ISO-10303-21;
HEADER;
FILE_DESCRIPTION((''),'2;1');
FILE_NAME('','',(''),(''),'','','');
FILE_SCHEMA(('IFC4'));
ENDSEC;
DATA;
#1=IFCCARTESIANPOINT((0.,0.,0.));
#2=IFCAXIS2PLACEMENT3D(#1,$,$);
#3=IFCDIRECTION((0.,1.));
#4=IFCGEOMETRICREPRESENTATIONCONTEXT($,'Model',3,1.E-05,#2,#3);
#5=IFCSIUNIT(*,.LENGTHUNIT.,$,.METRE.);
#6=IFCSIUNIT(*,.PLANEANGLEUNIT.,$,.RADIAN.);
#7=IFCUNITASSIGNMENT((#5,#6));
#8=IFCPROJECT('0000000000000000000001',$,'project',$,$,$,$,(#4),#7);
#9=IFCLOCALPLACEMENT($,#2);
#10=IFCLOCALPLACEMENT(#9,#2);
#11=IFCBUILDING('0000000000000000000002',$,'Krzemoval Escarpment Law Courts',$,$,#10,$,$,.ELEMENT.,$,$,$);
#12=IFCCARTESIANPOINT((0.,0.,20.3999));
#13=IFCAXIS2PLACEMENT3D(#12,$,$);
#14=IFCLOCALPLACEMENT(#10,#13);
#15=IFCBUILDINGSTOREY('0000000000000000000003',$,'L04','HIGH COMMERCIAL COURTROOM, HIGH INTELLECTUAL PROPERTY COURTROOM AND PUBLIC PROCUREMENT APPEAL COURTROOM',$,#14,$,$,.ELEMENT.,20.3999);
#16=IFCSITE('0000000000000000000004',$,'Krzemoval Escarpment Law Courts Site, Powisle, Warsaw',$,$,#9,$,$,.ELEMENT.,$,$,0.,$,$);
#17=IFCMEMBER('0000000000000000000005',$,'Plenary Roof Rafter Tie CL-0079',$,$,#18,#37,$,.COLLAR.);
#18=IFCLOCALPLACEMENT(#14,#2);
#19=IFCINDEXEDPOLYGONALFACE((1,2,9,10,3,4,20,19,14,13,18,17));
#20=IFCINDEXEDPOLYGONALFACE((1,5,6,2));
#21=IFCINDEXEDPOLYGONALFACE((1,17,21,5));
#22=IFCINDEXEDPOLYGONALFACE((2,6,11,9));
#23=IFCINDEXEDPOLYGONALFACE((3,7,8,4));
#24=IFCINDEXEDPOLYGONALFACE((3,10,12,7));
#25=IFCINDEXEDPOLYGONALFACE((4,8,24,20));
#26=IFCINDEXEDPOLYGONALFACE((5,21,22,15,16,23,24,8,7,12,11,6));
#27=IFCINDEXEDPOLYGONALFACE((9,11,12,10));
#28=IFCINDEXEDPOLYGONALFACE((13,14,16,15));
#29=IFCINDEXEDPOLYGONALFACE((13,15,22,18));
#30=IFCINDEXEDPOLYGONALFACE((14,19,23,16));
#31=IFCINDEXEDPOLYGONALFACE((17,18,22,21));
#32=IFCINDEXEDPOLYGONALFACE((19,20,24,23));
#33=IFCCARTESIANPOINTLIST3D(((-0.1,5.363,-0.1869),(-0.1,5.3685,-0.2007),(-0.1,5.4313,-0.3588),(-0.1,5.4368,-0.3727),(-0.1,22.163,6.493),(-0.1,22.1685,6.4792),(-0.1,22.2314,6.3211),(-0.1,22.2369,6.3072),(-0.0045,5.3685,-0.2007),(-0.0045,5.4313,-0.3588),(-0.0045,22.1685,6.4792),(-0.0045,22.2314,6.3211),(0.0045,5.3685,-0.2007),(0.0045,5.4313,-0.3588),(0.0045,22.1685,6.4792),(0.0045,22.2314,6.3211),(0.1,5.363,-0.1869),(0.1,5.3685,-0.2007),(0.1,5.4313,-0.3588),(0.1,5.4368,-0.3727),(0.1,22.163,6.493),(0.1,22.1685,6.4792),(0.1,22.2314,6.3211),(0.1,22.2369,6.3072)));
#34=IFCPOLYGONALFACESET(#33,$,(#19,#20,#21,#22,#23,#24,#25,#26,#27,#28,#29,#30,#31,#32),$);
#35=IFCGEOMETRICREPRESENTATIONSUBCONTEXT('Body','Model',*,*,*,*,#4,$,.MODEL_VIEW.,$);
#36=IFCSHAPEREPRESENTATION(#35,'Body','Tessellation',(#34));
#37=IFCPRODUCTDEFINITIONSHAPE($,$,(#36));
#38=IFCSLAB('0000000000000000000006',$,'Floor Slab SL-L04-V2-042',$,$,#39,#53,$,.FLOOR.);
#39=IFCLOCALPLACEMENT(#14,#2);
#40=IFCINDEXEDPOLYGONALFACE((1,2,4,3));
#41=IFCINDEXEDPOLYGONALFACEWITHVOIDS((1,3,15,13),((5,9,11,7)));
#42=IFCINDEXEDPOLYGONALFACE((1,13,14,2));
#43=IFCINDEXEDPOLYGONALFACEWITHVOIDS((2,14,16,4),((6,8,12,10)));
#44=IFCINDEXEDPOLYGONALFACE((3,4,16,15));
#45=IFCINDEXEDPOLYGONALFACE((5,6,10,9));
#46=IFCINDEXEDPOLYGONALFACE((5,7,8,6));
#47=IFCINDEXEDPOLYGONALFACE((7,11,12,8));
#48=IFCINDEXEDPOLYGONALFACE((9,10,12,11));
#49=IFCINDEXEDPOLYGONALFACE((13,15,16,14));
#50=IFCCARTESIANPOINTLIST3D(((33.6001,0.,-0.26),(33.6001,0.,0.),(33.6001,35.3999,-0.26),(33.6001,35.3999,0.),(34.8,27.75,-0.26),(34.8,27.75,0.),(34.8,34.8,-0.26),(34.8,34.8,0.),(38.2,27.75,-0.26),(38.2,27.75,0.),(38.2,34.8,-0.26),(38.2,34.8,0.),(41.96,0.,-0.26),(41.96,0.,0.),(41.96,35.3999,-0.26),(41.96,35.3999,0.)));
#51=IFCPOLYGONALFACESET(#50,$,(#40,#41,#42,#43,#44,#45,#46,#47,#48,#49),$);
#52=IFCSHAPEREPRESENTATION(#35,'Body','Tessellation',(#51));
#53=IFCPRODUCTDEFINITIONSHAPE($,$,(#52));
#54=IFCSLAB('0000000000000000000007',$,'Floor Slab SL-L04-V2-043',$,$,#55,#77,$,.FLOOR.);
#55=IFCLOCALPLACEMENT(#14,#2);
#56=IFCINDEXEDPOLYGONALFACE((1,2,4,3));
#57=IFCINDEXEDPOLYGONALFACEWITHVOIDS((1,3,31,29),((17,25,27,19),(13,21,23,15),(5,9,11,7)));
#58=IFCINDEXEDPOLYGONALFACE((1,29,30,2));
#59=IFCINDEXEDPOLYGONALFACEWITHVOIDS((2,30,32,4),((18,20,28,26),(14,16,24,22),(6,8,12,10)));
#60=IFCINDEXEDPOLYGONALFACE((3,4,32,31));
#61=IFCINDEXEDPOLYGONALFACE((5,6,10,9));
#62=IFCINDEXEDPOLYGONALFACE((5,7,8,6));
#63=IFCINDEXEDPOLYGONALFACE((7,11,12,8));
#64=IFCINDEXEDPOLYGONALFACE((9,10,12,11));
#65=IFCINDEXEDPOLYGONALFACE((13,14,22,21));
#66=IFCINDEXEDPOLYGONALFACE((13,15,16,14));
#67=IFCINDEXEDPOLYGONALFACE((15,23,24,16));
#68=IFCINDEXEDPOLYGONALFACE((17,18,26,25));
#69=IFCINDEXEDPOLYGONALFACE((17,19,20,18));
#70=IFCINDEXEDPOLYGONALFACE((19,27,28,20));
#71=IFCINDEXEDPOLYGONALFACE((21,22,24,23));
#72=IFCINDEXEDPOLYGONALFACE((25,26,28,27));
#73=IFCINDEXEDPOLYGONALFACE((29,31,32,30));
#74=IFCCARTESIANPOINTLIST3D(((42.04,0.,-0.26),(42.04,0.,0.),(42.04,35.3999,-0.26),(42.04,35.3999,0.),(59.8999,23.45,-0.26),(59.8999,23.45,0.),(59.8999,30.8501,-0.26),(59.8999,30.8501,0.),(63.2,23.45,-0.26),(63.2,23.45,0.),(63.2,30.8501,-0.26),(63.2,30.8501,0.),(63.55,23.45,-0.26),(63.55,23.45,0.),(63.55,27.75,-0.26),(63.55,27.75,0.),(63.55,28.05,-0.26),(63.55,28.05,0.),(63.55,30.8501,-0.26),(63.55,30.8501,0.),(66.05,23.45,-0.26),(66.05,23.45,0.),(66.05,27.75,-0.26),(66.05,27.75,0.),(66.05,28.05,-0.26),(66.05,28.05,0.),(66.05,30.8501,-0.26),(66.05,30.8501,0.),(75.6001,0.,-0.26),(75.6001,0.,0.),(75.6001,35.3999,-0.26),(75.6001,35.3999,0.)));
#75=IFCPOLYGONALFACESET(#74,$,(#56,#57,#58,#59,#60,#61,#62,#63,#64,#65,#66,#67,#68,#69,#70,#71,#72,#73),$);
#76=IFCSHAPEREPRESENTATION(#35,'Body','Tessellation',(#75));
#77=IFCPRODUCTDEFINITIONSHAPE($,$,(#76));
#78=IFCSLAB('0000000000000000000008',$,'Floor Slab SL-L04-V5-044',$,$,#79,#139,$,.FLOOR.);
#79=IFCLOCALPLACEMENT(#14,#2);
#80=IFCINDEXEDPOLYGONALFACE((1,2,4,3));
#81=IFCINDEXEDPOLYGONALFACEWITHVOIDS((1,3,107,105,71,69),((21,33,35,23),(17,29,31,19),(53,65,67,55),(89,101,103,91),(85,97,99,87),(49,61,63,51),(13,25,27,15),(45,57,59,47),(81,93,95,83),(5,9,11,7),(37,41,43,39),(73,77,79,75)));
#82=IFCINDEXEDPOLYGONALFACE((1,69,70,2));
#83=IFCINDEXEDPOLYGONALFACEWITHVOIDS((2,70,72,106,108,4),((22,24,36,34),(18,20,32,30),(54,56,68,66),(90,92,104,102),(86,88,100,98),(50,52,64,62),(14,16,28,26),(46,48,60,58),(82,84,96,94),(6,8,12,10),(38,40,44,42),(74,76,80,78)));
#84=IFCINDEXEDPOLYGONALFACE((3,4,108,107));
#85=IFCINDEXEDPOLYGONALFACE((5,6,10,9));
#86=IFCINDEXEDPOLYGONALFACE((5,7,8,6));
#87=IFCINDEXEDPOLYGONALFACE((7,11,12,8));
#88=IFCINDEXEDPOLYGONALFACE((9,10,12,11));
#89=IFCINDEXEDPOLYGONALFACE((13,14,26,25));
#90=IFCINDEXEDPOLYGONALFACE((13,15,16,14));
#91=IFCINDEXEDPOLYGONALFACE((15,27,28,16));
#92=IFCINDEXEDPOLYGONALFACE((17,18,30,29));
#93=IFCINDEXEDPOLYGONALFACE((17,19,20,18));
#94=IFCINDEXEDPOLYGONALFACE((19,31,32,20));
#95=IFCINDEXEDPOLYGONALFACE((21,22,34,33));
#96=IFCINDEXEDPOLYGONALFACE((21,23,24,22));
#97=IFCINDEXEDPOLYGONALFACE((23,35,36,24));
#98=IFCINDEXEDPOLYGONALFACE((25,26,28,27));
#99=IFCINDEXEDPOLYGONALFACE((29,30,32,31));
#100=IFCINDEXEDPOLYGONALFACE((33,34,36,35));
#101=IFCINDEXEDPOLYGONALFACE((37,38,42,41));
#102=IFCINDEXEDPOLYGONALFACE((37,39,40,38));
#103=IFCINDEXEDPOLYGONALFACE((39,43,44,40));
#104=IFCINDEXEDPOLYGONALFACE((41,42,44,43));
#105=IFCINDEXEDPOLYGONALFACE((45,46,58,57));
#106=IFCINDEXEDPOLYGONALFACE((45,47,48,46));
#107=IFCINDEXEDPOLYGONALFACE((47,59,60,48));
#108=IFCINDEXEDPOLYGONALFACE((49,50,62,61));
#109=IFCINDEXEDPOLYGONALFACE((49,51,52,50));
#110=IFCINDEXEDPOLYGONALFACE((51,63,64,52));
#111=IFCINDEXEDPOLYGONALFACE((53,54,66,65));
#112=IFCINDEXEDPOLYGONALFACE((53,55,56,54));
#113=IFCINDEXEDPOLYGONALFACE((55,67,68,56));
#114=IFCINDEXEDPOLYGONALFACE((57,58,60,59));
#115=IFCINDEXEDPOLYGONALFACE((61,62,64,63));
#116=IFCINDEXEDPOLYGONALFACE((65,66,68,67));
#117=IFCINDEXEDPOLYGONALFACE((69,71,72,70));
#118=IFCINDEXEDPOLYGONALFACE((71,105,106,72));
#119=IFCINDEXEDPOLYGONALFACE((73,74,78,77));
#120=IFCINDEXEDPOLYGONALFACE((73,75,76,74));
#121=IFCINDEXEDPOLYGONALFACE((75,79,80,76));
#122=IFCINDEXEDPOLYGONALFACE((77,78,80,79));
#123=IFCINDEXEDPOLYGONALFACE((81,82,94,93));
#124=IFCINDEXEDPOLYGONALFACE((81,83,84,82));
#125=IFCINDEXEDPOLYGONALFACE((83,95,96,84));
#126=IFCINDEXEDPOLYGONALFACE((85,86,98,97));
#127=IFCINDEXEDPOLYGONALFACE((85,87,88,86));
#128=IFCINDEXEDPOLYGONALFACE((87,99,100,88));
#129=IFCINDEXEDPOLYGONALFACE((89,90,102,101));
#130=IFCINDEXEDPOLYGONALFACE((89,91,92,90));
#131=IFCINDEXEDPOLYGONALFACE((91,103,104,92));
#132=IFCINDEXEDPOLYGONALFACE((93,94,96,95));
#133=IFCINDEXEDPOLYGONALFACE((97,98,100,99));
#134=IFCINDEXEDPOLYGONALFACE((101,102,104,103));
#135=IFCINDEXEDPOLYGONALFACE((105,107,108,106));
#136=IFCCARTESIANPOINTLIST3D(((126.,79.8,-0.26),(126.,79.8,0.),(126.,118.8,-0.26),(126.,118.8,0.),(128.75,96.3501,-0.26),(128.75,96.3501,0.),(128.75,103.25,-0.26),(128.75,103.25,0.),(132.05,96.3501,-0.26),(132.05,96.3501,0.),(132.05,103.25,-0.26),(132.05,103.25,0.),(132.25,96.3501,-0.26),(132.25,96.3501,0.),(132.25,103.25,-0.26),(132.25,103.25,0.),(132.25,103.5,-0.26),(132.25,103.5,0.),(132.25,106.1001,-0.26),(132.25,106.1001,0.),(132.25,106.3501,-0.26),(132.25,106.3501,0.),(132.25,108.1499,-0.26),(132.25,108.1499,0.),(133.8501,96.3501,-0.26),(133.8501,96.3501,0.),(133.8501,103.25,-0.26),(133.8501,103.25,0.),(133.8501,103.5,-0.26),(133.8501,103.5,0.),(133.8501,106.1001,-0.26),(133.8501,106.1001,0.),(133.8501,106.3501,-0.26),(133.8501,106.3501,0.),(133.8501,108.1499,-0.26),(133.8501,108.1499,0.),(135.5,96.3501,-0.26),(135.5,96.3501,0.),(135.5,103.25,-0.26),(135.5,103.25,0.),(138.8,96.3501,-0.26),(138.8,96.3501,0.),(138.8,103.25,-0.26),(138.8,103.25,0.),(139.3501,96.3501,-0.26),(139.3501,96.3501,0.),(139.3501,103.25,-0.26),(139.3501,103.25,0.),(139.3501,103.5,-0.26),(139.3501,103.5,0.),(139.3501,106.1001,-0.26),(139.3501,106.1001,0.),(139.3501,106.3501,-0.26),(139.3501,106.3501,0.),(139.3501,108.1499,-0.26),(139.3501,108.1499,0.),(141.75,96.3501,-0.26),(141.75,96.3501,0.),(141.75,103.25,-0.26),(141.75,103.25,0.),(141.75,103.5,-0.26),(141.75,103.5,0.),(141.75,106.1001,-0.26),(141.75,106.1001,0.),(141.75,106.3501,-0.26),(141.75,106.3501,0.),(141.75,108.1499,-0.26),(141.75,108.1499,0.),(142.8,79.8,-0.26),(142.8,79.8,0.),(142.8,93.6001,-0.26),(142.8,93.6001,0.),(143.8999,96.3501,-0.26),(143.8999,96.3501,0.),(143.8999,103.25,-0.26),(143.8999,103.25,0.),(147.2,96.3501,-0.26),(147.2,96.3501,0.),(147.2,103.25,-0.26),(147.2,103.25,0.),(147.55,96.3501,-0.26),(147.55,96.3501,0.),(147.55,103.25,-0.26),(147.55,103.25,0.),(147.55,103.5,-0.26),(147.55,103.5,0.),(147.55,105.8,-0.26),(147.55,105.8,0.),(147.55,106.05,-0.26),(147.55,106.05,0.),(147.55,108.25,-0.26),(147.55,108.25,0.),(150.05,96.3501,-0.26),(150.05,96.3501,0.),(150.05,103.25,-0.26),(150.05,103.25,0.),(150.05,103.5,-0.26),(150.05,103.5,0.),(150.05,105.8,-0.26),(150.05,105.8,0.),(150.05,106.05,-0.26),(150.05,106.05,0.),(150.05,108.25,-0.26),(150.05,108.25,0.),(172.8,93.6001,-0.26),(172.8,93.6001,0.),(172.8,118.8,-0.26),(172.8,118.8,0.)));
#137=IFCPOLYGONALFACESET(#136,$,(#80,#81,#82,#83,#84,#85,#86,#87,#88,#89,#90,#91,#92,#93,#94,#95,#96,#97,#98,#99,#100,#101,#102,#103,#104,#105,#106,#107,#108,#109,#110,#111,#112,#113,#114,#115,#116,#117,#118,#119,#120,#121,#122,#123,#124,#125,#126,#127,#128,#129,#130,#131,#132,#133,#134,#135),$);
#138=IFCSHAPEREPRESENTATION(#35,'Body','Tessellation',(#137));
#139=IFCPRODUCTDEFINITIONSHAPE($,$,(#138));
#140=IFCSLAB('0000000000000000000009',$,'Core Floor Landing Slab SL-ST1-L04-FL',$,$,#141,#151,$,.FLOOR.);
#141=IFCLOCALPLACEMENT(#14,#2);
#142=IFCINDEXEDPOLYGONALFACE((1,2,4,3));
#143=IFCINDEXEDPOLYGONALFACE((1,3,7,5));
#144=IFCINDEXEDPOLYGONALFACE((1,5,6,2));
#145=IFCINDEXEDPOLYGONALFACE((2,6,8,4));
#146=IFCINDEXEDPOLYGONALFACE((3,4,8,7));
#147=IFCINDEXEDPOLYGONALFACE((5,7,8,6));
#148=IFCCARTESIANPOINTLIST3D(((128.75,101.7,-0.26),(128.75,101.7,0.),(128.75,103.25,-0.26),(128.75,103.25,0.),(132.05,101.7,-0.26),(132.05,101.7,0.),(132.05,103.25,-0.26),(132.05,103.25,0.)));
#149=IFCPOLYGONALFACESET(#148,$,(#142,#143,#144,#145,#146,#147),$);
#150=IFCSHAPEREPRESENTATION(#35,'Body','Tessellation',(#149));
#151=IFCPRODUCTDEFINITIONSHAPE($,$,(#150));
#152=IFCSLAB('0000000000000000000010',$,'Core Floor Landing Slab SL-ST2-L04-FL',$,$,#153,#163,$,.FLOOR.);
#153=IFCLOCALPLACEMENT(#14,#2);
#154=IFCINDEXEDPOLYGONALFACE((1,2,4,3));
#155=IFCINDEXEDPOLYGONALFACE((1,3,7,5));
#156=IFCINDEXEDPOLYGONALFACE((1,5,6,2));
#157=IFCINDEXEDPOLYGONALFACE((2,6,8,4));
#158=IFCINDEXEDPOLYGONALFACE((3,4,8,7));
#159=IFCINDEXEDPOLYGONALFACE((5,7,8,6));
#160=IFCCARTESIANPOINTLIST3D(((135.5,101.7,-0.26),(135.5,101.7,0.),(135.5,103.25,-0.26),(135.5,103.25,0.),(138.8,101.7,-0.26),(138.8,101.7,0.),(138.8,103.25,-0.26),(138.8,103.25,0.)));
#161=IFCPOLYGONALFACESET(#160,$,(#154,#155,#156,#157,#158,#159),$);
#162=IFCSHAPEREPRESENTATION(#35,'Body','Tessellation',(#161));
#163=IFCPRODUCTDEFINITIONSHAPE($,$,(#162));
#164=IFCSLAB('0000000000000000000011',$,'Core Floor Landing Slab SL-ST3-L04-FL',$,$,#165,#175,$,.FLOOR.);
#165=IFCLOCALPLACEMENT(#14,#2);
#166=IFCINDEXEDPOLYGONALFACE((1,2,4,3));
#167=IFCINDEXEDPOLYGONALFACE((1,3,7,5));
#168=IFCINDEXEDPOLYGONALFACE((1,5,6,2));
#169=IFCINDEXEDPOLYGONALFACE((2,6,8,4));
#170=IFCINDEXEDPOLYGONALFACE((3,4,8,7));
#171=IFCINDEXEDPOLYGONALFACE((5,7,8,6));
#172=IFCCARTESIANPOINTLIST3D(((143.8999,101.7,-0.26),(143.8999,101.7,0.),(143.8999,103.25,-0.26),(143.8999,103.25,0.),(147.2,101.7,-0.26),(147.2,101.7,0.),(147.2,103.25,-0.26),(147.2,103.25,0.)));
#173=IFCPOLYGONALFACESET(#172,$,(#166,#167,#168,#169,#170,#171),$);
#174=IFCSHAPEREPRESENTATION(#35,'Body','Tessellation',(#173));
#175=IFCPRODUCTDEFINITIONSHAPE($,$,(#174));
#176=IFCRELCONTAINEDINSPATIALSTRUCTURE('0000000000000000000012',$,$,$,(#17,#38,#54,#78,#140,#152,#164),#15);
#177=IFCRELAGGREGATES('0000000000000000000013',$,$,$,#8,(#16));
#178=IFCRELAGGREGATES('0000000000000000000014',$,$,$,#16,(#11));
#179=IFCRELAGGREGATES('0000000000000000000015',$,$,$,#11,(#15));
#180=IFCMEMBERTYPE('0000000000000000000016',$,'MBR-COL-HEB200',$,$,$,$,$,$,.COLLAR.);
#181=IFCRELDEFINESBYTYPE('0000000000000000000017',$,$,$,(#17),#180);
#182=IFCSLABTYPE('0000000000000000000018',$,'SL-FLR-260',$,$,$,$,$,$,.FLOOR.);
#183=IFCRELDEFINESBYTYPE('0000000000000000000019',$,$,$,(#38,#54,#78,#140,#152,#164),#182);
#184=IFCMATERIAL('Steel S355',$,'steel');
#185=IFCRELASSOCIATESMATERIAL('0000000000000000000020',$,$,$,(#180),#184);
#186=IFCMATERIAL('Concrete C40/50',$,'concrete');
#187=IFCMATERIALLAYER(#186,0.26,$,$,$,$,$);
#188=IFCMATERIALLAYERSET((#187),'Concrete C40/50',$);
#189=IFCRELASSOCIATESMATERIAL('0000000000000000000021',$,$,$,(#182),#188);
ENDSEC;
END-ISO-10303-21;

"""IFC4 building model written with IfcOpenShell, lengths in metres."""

from ifc_helpers import new_model, si_unit, direction, frame, origin, origin_2d, place, context, subcontext, project, spatial, polyline, i_section, outline, extrude, material, layer, layer_set, material_profile, profile_set, type_object, element, save


model = new_model("IFC4")

# Units and contexts
model_context = context("Model", 3, precision=1e-05, world=origin(), true_north=direction((0.0, 1.0)))
body_context = subcontext(model_context, "Body", "Model", "MODEL_VIEW")
ifc_project = project(units=[si_unit("LENGTHUNIT", "METRE"), si_unit("PLANEANGLEUNIT", "RADIAN")], contexts=[model_context])

# Site, building, storey
site_placement = place(None, origin())
site = spatial("IfcSite", under=ifc_project, at=site_placement, Name="Krzemoval Escarpment Law Courts Site, Powisle, Warsaw", CompositionType="ELEMENT", RefElevation=0.0)
building_placement = place(site_placement, origin())
building = spatial("IfcBuilding", under=site, at=building_placement, Name="Krzemoval Escarpment Law Courts", CompositionType="ELEMENT")
storey_placement = place(building_placement, frame((0.0, 0.0, 20.3999)))
storey = spatial("IfcBuildingStorey", under=building, at=storey_placement, Name="L04", Description="HIGH COMMERCIAL COURTROOM, HIGH INTELLECTUAL PROPERTY COURTROOM AND PUBLIC PROCUREMENT APPEAL COURTROOM", CompositionType="ELEMENT", Elevation=20.3999)

# Member
ifc_material_1 = material(Name="Steel S355", Category="steel")
ifc_material_profile = material_profile(ifc_material_1, i_section(OverallWidth=0.2, OverallDepth=0.2, WebThickness=0.009, FlangeThickness=0.0149, at=origin_2d()), Name="HEB 200")
ifc_profile_set = profile_set([ifc_material_profile], Name="Steel S355")
member_type = type_object("IfcMemberType", Name="MBR-COL-HEB200", PredefinedType="COLLAR", material=ifc_profile_set)
member_placement = place(storey_placement, frame((0.0, 5.3999, -0.2798), z_axis=(0.0, 0.929239, 0.369478), x_axis=(-1.0, 0.0, 0.0)))
element("IfcMember", 1, at=member_placement, inside=storey, type_object=member_type, Name="Plenary Roof Rafter Tie CL-0079", PredefinedType="COLLAR", context=body_context, shape_type="SweptSolid", body=[
    extrude(i_section(OverallWidth=0.2, OverallDepth=0.2, WebThickness=0.009, FlangeThickness=0.0149, at=origin_2d()), origin(), (0.0, 0.0, 1.0), 18.0793),
])

# Slabs
ifc_material_2 = material(Name="Concrete C40/50", Category="concrete")
ifc_layer_1 = layer(ifc_material_2, 0.26)
ifc_layer_set_1 = layer_set([ifc_layer_1], Name="Concrete C40/50")
slab_type_1 = type_object("IfcSlabType", Name="SL-FLR-260", PredefinedType="FLOOR", material=ifc_layer_set_1)
slab_1_placement = place(storey_placement, frame((0.0, 0.0, -0.26)))
element("IfcSlab", 2, at=slab_1_placement, inside=storey, type_object=slab_type_1, Name="Floor Slab SL-L04-V2-042", PredefinedType="FLOOR", context=body_context, shape_type="SweptSolid", body=[
    extrude(outline(polyline([(33.6001, 0.0), (33.6001, 35.3999), (41.96, 35.3999), (41.96, 0.0), (33.6001, 0.0)]), holes=[polyline([(38.2, 34.8), (34.8, 34.8), (34.8, 27.75), (38.2, 27.75), (38.2, 34.8)])]), origin(), (0.0, 0.0, 1.0), 0.26),
])
slab_2_placement = place(storey_placement, frame((0.0, 0.0, -0.26)))
element("IfcSlab", 3, at=slab_2_placement, inside=storey, type_object=slab_type_1, Name="Floor Slab SL-L04-V2-043", PredefinedType="FLOOR", context=body_context, shape_type="SweptSolid", body=[
    extrude(outline(polyline([(75.6001, 35.3999), (75.6001, 0.0), (42.04, 0.0), (42.04, 35.3999), (75.6001, 35.3999)]), holes=[polyline([(66.05, 28.05), (66.05, 30.8501), (63.55, 30.8501), (63.55, 28.05), (66.05, 28.05)]), polyline([(63.55, 23.45), (66.05, 23.45), (66.05, 27.75), (63.55, 27.75), (63.55, 23.45)]), polyline([(59.8999, 30.8501), (59.8999, 23.45), (63.2, 23.45), (63.2, 30.8501), (59.8999, 30.8501)])]), origin(), (0.0, 0.0, 1.0), 0.26),
])
slab_3_placement = place(storey_placement, frame((0.0, 0.0, -0.26)))
element("IfcSlab", 4, at=slab_3_placement, inside=storey, type_object=slab_type_1, Name="Floor Slab SL-L04-V5-044", PredefinedType="FLOOR", context=body_context, shape_type="SweptSolid", body=[
    extrude(outline(polyline([(142.8, 93.6001), (142.8, 79.8), (126.0, 79.8), (126.0, 118.8), (172.8, 118.8), (172.8, 93.6001), (142.8, 93.6001)]), holes=[polyline([(133.8501, 103.5), (133.8501, 106.1001), (132.25, 106.1001), (132.25, 103.5), (133.8501, 103.5)]), polyline([(132.25, 106.3501), (133.8501, 106.3501), (133.8501, 108.1499), (132.25, 108.1499), (132.25, 106.3501)]), polyline([(132.25, 103.25), (132.25, 96.3501), (133.8501, 96.3501), (133.8501, 103.25), (132.25, 103.25)]), polyline([(141.75, 106.1001), (139.3501, 106.1001), (139.3501, 103.5), (141.75, 103.5), (141.75, 106.1001)]), polyline([(141.75, 106.3501), (141.75, 108.1499), (139.3501, 108.1499), (139.3501, 106.3501), (141.75, 106.3501)]), polyline([(139.3501, 96.3501), (141.75, 96.3501), (141.75, 103.25), (139.3501, 103.25), (139.3501, 96.3501)]), polyline([(147.55, 105.8), (147.55, 103.5), (150.05, 103.5), (150.05, 105.8), (147.55, 105.8)]), polyline([(150.05, 108.25), (147.55, 108.25), (147.55, 106.05), (150.05, 106.05), (150.05, 108.25)]), polyline([(150.05, 96.3501), (150.05, 103.25), (147.55, 103.25), (147.55, 96.3501), (150.05, 96.3501)]), polyline([(128.75, 96.3501), (132.05, 96.3501), (132.05, 103.25), (128.75, 103.25), (128.75, 96.3501)]), polyline([(135.5, 103.25), (135.5, 96.3501), (138.8, 96.3501), (138.8, 103.25), (135.5, 103.25)]), polyline([(147.2, 103.25), (143.8999, 103.25), (143.8999, 96.3501), (147.2, 96.3501), (147.2, 103.25)])]), origin(), (0.0, 0.0, 1.0), 0.26),
])
slab_4_placement = place(storey_placement, frame((0.0, 0.0, -0.26)))
element("IfcSlab", 5, at=slab_4_placement, inside=storey, type_object=slab_type_1, Name="Core Floor Landing Slab SL-ST1-L04-FL", PredefinedType="FLOOR", context=body_context, shape_type="SweptSolid", body=[
    extrude(outline(polyline([(128.75, 103.25), (128.75, 101.7), (132.05, 101.7), (132.05, 103.25), (128.75, 103.25)])), origin(), (0.0, 0.0, 1.0), 0.26),
])
slab_5_placement = place(storey_placement, frame((0.0, 0.0, -0.26)))
element("IfcSlab", 6, at=slab_5_placement, inside=storey, type_object=slab_type_1, Name="Core Floor Landing Slab SL-ST2-L04-FL", PredefinedType="FLOOR", context=body_context, shape_type="SweptSolid", body=[
    extrude(outline(polyline([(135.5, 103.25), (135.5, 101.7), (138.8, 101.7), (138.8, 103.25), (135.5, 103.25)])), origin(), (0.0, 0.0, 1.0), 0.26),
])
slab_6_placement = place(storey_placement, frame((0.0, 0.0, -0.26)))
element("IfcSlab", 7, at=slab_6_placement, inside=storey, type_object=slab_type_1, Name="Core Floor Landing Slab SL-ST3-L04-FL", PredefinedType="FLOOR", context=body_context, shape_type="SweptSolid", body=[
    extrude(outline(polyline([(143.8999, 103.25), (143.8999, 101.7), (147.2, 101.7), (147.2, 103.25), (143.8999, 103.25)])), origin(), (0.0, 0.0, 1.0), 0.26),
])

save(model, "model.ifc")
